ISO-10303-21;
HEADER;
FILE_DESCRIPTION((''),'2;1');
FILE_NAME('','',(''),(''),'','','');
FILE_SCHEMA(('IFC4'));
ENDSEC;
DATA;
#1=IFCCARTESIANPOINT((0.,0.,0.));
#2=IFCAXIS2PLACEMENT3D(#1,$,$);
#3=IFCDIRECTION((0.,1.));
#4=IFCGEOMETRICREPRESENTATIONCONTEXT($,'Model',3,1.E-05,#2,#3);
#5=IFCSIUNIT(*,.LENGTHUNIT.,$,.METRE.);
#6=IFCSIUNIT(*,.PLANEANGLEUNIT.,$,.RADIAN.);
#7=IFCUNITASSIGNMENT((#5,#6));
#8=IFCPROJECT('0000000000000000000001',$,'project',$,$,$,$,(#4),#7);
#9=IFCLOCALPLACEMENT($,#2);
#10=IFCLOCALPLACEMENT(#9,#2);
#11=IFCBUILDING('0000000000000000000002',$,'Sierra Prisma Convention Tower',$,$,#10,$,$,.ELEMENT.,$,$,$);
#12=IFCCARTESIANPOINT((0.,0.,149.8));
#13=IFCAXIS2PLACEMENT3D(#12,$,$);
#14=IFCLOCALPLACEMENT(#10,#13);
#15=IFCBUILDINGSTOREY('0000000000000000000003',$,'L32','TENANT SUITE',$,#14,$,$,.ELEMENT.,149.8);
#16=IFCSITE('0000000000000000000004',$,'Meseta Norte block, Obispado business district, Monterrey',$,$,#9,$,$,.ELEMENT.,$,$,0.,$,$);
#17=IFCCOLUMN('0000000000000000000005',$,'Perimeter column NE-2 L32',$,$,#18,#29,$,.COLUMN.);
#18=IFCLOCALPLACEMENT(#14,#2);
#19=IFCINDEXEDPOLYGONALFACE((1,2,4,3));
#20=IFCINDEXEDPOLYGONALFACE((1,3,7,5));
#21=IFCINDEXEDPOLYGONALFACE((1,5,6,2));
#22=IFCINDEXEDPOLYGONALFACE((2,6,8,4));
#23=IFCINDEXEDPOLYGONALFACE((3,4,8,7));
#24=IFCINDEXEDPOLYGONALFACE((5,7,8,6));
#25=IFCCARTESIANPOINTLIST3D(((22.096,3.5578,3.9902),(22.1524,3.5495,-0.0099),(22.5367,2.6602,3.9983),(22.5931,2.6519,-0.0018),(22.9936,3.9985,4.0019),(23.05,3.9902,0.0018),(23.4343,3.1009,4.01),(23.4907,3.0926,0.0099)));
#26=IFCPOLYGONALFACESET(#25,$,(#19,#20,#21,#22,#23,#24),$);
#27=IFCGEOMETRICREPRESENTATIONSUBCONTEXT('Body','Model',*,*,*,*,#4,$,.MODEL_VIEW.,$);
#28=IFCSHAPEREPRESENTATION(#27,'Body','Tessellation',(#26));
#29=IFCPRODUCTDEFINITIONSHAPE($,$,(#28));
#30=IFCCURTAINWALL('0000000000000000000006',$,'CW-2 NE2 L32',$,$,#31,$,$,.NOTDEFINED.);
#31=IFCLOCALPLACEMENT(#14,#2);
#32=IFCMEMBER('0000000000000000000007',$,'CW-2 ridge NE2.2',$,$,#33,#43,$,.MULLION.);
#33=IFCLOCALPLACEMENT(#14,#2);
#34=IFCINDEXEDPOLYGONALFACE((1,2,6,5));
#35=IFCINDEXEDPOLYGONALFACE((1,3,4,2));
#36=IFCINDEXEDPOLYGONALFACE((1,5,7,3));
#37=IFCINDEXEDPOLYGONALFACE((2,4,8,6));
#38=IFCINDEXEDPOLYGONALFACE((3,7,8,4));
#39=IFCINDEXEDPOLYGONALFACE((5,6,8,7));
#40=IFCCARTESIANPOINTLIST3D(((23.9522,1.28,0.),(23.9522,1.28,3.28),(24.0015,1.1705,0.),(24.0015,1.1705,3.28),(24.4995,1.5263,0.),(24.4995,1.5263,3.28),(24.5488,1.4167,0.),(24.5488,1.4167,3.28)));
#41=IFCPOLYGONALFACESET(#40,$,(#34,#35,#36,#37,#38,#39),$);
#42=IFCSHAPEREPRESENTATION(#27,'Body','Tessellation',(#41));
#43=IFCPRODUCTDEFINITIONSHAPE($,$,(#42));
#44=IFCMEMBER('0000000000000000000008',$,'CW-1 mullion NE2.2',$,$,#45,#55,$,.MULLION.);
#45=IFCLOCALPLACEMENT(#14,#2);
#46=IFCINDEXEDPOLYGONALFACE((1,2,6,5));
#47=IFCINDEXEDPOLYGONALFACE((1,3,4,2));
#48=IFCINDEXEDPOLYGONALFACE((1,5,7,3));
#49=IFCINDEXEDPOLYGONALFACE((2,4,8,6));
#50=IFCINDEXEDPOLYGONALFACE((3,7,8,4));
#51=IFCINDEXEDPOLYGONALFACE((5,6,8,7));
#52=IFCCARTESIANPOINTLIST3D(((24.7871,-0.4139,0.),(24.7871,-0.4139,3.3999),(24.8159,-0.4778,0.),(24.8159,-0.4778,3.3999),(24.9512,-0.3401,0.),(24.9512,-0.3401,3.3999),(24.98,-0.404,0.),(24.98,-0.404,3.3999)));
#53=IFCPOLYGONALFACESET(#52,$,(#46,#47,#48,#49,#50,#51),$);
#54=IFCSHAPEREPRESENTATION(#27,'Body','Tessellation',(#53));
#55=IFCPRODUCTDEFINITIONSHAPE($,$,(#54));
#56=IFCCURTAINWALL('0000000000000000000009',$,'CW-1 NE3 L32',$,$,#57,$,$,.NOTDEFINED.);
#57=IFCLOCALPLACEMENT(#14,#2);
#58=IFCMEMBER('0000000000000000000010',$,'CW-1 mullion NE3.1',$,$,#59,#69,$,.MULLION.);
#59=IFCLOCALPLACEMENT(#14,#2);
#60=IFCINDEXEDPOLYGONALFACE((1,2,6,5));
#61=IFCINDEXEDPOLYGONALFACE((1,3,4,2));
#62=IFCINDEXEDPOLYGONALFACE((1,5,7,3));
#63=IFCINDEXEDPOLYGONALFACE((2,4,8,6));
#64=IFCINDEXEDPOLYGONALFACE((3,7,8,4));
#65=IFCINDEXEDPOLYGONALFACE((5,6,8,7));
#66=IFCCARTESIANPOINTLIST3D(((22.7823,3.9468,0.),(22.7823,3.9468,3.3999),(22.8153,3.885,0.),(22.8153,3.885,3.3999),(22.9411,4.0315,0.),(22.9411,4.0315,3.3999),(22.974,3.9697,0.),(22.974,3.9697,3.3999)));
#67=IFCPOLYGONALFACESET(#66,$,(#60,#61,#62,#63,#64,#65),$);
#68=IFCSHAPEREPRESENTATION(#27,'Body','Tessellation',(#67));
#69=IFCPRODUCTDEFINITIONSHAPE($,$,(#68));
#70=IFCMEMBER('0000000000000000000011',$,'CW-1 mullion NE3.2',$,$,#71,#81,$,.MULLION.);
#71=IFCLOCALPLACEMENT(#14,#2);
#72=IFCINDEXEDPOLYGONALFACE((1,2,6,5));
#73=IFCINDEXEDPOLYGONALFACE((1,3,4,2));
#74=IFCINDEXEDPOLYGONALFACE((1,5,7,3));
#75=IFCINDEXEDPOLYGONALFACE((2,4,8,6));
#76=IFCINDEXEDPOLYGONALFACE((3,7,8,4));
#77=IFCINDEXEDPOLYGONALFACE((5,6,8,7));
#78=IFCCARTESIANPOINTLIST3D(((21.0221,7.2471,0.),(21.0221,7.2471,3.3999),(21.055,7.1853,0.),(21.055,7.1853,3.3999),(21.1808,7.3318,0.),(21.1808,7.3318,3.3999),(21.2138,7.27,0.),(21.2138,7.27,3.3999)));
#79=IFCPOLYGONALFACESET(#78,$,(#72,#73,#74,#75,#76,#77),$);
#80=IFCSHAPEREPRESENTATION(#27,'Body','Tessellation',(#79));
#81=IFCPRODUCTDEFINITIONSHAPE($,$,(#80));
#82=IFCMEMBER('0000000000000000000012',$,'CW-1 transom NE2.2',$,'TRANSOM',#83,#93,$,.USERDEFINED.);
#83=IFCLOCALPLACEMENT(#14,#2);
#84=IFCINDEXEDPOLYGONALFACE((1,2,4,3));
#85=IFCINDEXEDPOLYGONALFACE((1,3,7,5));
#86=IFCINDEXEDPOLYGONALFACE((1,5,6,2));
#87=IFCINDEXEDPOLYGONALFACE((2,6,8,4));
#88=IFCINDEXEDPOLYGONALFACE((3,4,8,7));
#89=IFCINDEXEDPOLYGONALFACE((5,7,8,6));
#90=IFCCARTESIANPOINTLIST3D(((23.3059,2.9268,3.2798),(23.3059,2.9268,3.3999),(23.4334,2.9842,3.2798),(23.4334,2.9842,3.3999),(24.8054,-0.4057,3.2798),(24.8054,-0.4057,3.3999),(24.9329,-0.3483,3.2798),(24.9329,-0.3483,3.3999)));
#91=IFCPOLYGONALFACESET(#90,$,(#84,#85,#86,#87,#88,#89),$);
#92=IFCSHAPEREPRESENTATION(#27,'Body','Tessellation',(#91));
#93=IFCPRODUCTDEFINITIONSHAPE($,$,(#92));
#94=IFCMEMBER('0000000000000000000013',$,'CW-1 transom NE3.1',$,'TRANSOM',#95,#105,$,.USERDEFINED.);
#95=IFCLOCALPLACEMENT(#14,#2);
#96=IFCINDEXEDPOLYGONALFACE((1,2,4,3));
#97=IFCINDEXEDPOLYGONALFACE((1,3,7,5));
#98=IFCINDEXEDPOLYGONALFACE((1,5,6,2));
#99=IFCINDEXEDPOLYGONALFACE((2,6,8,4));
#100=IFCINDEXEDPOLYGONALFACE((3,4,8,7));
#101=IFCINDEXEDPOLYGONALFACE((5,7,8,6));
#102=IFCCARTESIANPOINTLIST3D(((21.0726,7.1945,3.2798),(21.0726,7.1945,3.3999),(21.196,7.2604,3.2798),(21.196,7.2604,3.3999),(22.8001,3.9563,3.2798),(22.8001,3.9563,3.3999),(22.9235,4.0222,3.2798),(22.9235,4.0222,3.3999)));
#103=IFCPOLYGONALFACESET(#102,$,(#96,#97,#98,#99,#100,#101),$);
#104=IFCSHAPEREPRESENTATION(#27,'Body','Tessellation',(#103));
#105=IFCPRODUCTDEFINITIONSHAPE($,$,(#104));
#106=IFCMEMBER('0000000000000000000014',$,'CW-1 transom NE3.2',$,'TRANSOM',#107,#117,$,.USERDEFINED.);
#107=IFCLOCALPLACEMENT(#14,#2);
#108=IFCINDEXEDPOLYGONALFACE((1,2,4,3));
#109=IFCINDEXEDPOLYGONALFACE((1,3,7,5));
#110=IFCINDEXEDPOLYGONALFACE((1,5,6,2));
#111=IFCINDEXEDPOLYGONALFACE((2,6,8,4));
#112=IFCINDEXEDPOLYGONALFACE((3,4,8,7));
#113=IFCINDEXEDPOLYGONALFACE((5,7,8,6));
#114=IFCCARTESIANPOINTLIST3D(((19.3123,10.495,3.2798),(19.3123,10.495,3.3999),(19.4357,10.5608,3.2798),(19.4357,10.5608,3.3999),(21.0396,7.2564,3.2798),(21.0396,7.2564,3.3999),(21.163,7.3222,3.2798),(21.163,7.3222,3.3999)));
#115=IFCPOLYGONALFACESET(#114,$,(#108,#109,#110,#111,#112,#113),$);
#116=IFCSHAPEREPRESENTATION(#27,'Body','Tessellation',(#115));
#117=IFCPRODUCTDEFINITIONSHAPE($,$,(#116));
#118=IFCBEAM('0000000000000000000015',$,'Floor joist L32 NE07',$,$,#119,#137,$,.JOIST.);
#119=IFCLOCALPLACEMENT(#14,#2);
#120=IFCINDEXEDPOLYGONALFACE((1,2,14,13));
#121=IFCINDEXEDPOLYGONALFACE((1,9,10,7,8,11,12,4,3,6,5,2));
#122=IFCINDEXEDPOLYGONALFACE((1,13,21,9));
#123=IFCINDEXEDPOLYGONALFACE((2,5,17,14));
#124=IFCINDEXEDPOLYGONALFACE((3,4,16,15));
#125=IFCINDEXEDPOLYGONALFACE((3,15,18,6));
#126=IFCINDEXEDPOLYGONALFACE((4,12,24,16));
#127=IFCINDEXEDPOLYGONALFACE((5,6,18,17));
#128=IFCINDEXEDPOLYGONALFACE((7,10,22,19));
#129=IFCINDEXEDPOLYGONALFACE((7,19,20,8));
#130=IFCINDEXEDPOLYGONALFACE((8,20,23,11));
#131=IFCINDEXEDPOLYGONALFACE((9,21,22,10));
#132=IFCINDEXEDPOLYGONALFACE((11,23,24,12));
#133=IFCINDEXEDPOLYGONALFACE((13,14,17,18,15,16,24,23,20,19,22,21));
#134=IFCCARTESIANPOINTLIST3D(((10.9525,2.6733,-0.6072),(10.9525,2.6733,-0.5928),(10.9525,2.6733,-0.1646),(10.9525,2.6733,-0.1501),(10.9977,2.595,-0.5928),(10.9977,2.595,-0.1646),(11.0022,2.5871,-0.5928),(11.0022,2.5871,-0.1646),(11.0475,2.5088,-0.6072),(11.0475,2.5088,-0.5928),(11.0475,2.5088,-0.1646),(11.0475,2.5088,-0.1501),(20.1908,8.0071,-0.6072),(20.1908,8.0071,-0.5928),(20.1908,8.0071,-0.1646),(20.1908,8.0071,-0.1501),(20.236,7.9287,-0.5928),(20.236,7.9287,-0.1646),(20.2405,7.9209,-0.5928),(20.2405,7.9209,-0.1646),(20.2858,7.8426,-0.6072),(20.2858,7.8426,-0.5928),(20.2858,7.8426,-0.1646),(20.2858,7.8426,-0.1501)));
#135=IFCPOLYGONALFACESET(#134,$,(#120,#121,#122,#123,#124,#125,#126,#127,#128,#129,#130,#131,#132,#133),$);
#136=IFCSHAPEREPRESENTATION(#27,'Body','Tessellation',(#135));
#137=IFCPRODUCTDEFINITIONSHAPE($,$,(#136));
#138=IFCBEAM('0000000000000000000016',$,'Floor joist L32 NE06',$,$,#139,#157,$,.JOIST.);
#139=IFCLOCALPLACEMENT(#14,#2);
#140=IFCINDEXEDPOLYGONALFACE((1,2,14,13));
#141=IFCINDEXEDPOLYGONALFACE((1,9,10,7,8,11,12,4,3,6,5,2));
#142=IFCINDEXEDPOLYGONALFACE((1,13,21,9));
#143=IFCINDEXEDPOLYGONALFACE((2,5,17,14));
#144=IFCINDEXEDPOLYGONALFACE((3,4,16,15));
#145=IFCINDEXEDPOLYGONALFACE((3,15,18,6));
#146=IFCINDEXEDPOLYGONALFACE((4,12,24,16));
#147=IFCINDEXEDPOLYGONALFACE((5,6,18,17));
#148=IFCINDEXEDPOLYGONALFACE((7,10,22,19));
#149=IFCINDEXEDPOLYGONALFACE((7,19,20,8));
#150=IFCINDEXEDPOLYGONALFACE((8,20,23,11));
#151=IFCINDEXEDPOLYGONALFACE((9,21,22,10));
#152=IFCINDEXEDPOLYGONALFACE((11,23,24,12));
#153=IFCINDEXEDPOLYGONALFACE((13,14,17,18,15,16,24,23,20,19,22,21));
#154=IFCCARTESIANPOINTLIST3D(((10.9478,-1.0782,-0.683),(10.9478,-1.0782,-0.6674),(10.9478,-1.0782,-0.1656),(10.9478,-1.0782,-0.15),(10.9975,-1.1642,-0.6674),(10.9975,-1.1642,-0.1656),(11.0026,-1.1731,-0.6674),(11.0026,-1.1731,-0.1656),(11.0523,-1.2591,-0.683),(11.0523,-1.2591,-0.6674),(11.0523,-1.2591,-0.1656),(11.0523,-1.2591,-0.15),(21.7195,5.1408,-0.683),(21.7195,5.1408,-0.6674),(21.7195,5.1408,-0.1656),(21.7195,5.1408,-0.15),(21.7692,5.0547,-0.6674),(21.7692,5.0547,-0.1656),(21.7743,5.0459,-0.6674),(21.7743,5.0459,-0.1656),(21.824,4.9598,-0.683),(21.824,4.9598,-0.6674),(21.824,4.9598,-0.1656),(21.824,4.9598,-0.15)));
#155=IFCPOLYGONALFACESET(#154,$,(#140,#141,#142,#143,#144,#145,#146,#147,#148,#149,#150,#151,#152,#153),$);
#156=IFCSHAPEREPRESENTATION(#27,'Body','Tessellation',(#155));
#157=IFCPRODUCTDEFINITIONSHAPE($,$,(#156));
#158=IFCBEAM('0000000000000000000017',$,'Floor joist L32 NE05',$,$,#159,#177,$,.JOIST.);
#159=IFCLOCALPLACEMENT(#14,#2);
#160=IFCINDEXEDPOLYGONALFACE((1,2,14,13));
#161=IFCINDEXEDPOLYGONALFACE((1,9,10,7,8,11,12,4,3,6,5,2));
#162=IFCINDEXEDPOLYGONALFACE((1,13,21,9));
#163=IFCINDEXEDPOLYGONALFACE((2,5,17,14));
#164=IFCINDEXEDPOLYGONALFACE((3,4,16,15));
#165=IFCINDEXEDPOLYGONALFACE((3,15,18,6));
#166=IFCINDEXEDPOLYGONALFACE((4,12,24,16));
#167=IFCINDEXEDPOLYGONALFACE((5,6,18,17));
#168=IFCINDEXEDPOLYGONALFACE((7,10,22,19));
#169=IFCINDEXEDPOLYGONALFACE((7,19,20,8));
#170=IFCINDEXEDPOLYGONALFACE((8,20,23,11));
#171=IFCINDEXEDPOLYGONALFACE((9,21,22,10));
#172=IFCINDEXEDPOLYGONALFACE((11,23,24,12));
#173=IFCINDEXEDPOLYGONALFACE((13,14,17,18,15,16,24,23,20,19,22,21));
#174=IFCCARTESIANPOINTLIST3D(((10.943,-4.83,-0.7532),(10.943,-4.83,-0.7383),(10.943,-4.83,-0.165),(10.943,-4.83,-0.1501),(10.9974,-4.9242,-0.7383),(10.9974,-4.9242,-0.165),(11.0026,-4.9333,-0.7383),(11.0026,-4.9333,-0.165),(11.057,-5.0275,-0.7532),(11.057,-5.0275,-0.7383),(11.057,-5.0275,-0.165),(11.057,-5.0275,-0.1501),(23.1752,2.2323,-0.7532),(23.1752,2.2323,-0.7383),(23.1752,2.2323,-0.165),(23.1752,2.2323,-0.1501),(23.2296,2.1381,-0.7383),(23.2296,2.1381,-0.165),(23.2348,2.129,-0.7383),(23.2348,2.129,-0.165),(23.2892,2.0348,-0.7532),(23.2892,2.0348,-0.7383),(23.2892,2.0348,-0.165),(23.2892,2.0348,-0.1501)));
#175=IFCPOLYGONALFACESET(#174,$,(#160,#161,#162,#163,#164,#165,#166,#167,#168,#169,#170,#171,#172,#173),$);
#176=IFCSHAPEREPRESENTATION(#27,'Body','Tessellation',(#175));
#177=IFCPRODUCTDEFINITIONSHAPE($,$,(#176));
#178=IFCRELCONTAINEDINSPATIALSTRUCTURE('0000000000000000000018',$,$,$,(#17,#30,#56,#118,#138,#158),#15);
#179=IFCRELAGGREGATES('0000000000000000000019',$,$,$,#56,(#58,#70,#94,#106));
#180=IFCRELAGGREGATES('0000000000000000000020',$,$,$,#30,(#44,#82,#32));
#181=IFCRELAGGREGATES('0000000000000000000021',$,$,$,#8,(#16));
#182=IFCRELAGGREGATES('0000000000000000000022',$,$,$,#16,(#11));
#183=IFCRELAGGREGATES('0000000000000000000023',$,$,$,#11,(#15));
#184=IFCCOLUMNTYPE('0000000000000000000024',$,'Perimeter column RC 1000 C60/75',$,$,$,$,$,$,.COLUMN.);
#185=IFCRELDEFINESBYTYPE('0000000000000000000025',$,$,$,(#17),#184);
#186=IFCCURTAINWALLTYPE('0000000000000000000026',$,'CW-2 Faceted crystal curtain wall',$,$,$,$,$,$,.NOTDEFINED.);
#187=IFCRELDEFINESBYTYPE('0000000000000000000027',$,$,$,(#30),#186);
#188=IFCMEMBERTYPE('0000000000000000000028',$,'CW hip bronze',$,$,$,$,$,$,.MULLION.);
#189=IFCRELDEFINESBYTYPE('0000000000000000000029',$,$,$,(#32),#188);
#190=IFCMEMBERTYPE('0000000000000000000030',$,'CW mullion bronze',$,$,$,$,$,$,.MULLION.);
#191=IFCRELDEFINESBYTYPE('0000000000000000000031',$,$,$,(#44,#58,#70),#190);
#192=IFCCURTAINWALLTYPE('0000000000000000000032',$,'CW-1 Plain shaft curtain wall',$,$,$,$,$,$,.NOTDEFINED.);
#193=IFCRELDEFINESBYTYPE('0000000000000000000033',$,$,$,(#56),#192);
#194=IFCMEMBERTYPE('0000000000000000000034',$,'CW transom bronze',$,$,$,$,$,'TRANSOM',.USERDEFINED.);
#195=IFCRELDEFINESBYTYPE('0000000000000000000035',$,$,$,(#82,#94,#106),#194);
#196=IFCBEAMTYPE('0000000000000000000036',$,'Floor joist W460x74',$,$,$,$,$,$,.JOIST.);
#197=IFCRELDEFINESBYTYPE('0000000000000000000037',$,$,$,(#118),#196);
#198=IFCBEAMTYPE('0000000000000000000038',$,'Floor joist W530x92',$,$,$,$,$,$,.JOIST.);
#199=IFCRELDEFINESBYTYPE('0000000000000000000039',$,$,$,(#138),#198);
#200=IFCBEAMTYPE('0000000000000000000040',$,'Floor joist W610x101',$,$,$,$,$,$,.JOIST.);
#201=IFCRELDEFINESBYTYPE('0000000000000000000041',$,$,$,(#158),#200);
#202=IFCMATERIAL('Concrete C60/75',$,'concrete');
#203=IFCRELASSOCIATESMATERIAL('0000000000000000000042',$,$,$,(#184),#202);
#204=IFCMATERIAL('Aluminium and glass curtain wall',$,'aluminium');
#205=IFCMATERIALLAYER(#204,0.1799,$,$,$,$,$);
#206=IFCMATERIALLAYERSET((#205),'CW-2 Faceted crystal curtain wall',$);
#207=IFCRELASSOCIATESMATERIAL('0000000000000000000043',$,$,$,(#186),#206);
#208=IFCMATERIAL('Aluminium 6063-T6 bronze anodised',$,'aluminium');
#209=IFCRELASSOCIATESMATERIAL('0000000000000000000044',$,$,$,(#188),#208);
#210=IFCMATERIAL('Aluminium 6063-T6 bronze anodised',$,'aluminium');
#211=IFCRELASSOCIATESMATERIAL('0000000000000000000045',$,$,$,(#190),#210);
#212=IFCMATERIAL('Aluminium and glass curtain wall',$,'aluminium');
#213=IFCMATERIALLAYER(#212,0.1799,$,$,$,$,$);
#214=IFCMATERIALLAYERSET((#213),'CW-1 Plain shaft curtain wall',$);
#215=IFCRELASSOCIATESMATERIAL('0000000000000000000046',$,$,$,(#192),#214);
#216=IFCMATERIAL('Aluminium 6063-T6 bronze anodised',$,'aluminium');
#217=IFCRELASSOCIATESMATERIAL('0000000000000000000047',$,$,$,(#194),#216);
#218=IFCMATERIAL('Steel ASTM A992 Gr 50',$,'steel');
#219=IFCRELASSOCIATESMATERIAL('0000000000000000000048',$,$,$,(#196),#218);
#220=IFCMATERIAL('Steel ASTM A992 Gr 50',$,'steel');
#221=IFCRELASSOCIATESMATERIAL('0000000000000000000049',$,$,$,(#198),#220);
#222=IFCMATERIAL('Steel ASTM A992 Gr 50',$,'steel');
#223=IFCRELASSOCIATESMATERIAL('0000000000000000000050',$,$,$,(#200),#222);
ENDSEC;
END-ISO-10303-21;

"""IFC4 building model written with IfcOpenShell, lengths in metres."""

from ifc_helpers import new_model, si_unit, direction, frame, origin, origin_2d, place, context, subcontext, project, spatial, rectangle, i_section, extrude, material, layer, layer_set, material_profile, profile_set, type_object, element, aggregate, save


model = new_model("IFC4")

# Units and contexts
model_context = context("Model", 3, precision=1e-05, world=origin(), true_north=direction((0.0, 1.0)))
body_context = subcontext(model_context, "Body", "Model", "MODEL_VIEW")
ifc_project = project(units=[si_unit("LENGTHUNIT", "METRE"), si_unit("PLANEANGLEUNIT", "RADIAN")], contexts=[model_context])

# Site, building, storey
site_placement = place(None, origin())
site = spatial("IfcSite", under=ifc_project, at=site_placement, Name="Meseta Norte block, Obispado business district, Monterrey", CompositionType="ELEMENT", RefElevation=0.0)
building_placement = place(site_placement, origin())
building = spatial("IfcBuilding", under=site, at=building_placement, Name="Sierra Prisma Convention Tower", CompositionType="ELEMENT")
storey_placement = place(building_placement, frame((0.0, 0.0, 149.8)))
storey = spatial("IfcBuildingStorey", under=building, at=storey_placement, Name="L32", Description="TENANT SUITE", CompositionType="ELEMENT", Elevation=149.8)

# Column
ifc_material_1 = material(Name="Concrete C60/75", Category="concrete")
ifc_material_profile_1 = material_profile(ifc_material_1, rectangle(XDim=1.0, YDim=1.0, at=origin_2d()), Name="Perimeter column RC 1000 C60/75")
ifc_profile_set_1 = profile_set([ifc_material_profile_1], Name="Concrete C60/75")
column_type = type_object("IfcColumnType", Name="Perimeter column RC 1000 C60/75", PredefinedType="COLUMN", material=ifc_profile_set_1)
column_placement = place(storey_placement, frame((22.8215, 3.321, 0.0), z_axis=(-0.014098, 0.002075, 0.999898), x_axis=(-0.440693, 0.897622, -0.008076)))
element("IfcColumn", 1, at=column_placement, inside=storey, type_object=column_type, Name="Perimeter column NE-2 L32", PredefinedType="COLUMN", context=body_context, shape_type="SweptSolid", body=[
    extrude(rectangle(XDim=1.0, YDim=1.0, at=origin_2d()), origin(), (0.0, 0.0, 1.0), 4.0005),
])

# Curtain walls, members
ifc_material_2 = material(Name="Aluminium and glass curtain wall", Category="aluminium")
ifc_layer_1 = layer(ifc_material_2, 0.1799)
ifc_layer_set_1 = layer_set([ifc_layer_1], Name="CW-2 Faceted crystal curtain wall")
curtain_wall_type_1 = type_object("IfcCurtainWallType", Name="CW-2 Faceted crystal curtain wall", PredefinedType="NOTDEFINED", material=ifc_layer_set_1)
curtain_wall_1_placement = place(storey_placement, origin())
curtain_wall_1 = element("IfcCurtainWall", 2, at=curtain_wall_1_placement, inside=storey, type_object=curtain_wall_type_1, Name="CW-2 NE2 L32", PredefinedType="NOTDEFINED")
ifc_material_3 = material(Name="Aluminium 6063-T6 bronze anodised", Category="aluminium")
ifc_material_profile_2 = material_profile(ifc_material_3, rectangle(XDim=0.1201, YDim=0.6001, at=origin_2d()), Name="ALU RIDGE BLADE 120x600")
ifc_profile_set_2 = profile_set([ifc_material_profile_2], Name="Aluminium 6063-T6 bronze anodised")
member_type_1 = type_object("IfcMemberType", Name="CW hip bronze", PredefinedType="MULLION", material=ifc_profile_set_2)
member_1_placement = place(storey_placement, frame((24.2505, 1.3484, 0.0), z_axis=(0.0, 0.0, 1.0), x_axis=(-0.410344, 0.911931, 0.0)))
member_1 = element("IfcMember", 3, at=member_1_placement, type_object=member_type_1, Name="CW-2 ridge NE2.2", PredefinedType="MULLION", context=body_context, shape_type="SweptSolid", body=[
    extrude(rectangle(XDim=0.1201, YDim=0.6001, at=origin_2d()), origin(), (0.0, 0.0, 1.0), 3.28),
])
ifc_material_4 = material(Name="Aluminium 6063-T6 bronze anodised", Category="aluminium")
ifc_material_profile_3 = material_profile(ifc_material_4, rectangle(XDim=0.1799, YDim=0.0701, at=origin_2d()), Name="ALU MULLION 70x180")
ifc_profile_set_3 = profile_set([ifc_material_profile_3], Name="Aluminium 6063-T6 bronze anodised")
member_type_2 = type_object("IfcMemberType", Name="CW mullion bronze", PredefinedType="MULLION", material=ifc_profile_set_3)
member_2_placement = place(storey_placement, frame((24.8835, -0.4089, 0.0), z_axis=(0.0, 0.0, 1.0), x_axis=(-0.911931, -0.410344, 0.0)))
member_2 = element("IfcMember", 4, at=member_2_placement, type_object=member_type_2, Name="CW-1 mullion NE2.2", PredefinedType="MULLION", context=body_context, shape_type="SweptSolid", body=[
    extrude(rectangle(XDim=0.1799, YDim=0.0701, at=origin_2d()), origin(), (0.0, 0.0, 1.0), 3.3999),
])
ifc_material_5 = material(Name="Aluminium and glass curtain wall", Category="aluminium")
ifc_layer_2 = layer(ifc_material_5, 0.1799)
ifc_layer_set_2 = layer_set([ifc_layer_2], Name="CW-1 Plain shaft curtain wall")
curtain_wall_type_2 = type_object("IfcCurtainWallType", Name="CW-1 Plain shaft curtain wall", PredefinedType="NOTDEFINED", material=ifc_layer_set_2)
curtain_wall_2_placement = place(storey_placement, origin())
curtain_wall_2 = element("IfcCurtainWall", 5, at=curtain_wall_2_placement, inside=storey, type_object=curtain_wall_type_2, Name="CW-1 NE3 L32", PredefinedType="NOTDEFINED")
member_3_placement = place(storey_placement, frame((22.8782, 3.9583, 0.0), z_axis=(0.0, 0.0, 1.0), x_axis=(-0.882328, -0.470634, 0.0)))
member_3 = element("IfcMember", 6, at=member_3_placement, type_object=member_type_2, Name="CW-1 mullion NE3.1", PredefinedType="MULLION", context=body_context, shape_type="SweptSolid", body=[
    extrude(rectangle(XDim=0.1799, YDim=0.0701, at=origin_2d()), origin(), (0.0, 0.0, 1.0), 3.3999),
])
member_4_placement = place(storey_placement, frame((21.1179, 7.2585, 0.0), z_axis=(0.0, 0.0, 1.0), x_axis=(-0.882328, -0.470634, 0.0)))
member_4 = element("IfcMember", 7, at=member_4_placement, type_object=member_type_2, Name="CW-1 mullion NE3.2", PredefinedType="MULLION", context=body_context, shape_type="SweptSolid", body=[
    extrude(rectangle(XDim=0.1799, YDim=0.0701, at=origin_2d()), origin(), (0.0, 0.0, 1.0), 3.3999),
])

# Members
ifc_material_6 = material(Name="Aluminium 6063-T6 bronze anodised", Category="aluminium")
ifc_material_profile_4 = material_profile(ifc_material_6, rectangle(XDim=0.1399, YDim=0.1201, at=origin_2d()), Name="ALU TRANSOM 120x140")
ifc_profile_set_4 = profile_set([ifc_material_profile_4], Name="Aluminium 6063-T6 bronze anodised")
member_type_3 = type_object("IfcMemberType", Name="CW transom bronze", ElementType="TRANSOM", PredefinedType="USERDEFINED", material=ifc_profile_set_4)
member_5_placement = place(storey_placement, frame((24.8691, -0.377, 3.3398), z_axis=(-0.410337, 0.911934, 0.0), x_axis=(-0.911934, -0.410337, 0.0)))
member_5 = element("IfcMember", 8, at=member_5_placement, type_object=member_type_3, Name="CW-1 transom NE2.2", ObjectType="TRANSOM", PredefinedType="USERDEFINED", context=body_context, shape_type="SweptSolid", body=[
    extrude(rectangle(XDim=0.1399, YDim=0.1201, at=origin_2d()), origin(), (0.0, 0.0, 1.0), 3.6543),
])
member_6_placement = place(storey_placement, frame((22.8618, 3.9893, 3.3398), z_axis=(-0.470685, 0.882301, 0.0), x_axis=(-0.882301, -0.470685, 0.0)))
member_6 = element("IfcMember", 9, at=member_6_placement, type_object=member_type_3, Name="CW-1 transom NE3.1", ObjectType="TRANSOM", PredefinedType="USERDEFINED", context=body_context, shape_type="SweptSolid", body=[
    extrude(rectangle(XDim=0.1399, YDim=0.1201, at=origin_2d()), origin(), (0.0, 0.0, 1.0), 3.6702),
])
member_7_placement = place(storey_placement, frame((21.1013, 7.2893, 3.3398), z_axis=(-0.470605, 0.882344, 0.0), x_axis=(-0.882344, -0.470605, 0.0)))
member_7 = element("IfcMember", 10, at=member_7_placement, type_object=member_type_3, Name="CW-1 transom NE3.2", ObjectType="TRANSOM", PredefinedType="USERDEFINED", context=body_context, shape_type="SweptSolid", body=[
    extrude(rectangle(XDim=0.1399, YDim=0.1201, at=origin_2d()), origin(), (0.0, 0.0, 1.0), 3.6704),
])

# Beams
ifc_material_7 = material(Name="Steel ASTM A992 Gr 50", Category="steel")
ifc_material_profile_5 = material_profile(ifc_material_7, i_section(OverallWidth=0.1899, OverallDepth=0.457, WebThickness=0.009, FlangeThickness=0.0144, at=origin_2d()), Name="W460x74")
ifc_profile_set_5 = profile_set([ifc_material_profile_5], Name="Steel ASTM A992 Gr 50")
beam_type_1 = type_object("IfcBeamType", Name="Floor joist W460x74", PredefinedType="JOIST", material=ifc_profile_set_5)
beam_1_placement = place(storey_placement, frame((20.2383, 7.9248, -0.3787), z_axis=(-0.866025, -0.500001, 0.0), x_axis=(0.500001, -0.866025, 0.0)))
element("IfcBeam", 11, at=beam_1_placement, inside=storey, type_object=beam_type_1, Name="Floor joist L32 NE07", PredefinedType="JOIST", context=body_context, shape_type="SweptSolid", body=[
    extrude(i_section(OverallWidth=0.1899, OverallDepth=0.457, WebThickness=0.009, FlangeThickness=0.0144, at=origin_2d()), origin(), (0.0, 0.0, 1.0), 10.6675),
])
ifc_material_8 = material(Name="Steel ASTM A992 Gr 50", Category="steel")
ifc_material_profile_6 = material_profile(ifc_material_8, i_section(OverallWidth=0.209, OverallDepth=0.533, WebThickness=0.0103, FlangeThickness=0.0156, at=origin_2d()), Name="W530x92")
ifc_profile_set_6 = profile_set([ifc_material_profile_6], Name="Steel ASTM A992 Gr 50")
beam_type_2 = type_object("IfcBeamType", Name="Floor joist W530x92", PredefinedType="JOIST", material=ifc_profile_set_6)
beam_2_placement = place(storey_placement, frame((21.7717, 5.0503, -0.4165), z_axis=(-0.866028, -0.499996, 0.0), x_axis=(0.499996, -0.866028, 0.0)))
element("IfcBeam", 12, at=beam_2_placement, inside=storey, type_object=beam_type_2, Name="Floor joist L32 NE06", PredefinedType="JOIST", context=body_context, shape_type="SweptSolid", body=[
    extrude(i_section(OverallWidth=0.209, OverallDepth=0.533, WebThickness=0.0103, FlangeThickness=0.0156, at=origin_2d()), origin(), (0.0, 0.0, 1.0), 12.438),
])
ifc_material_9 = material(Name="Steel ASTM A992 Gr 50", Category="steel")
ifc_material_profile_7 = material_profile(ifc_material_9, i_section(OverallWidth=0.228, OverallDepth=0.603, WebThickness=0.0105, FlangeThickness=0.0149, at=origin_2d()), Name="W610x101")
ifc_profile_set_7 = profile_set([ifc_material_profile_7], Name="Steel ASTM A992 Gr 50")
beam_type_3 = type_object("IfcBeamType", Name="Floor joist W610x101", PredefinedType="JOIST", material=ifc_profile_set_7)
beam_3_placement = place(storey_placement, frame((23.2322, 2.1335, -0.4517), z_axis=(-0.866025, -0.5, 0.0), x_axis=(0.5, -0.866025, 0.0)))
element("IfcBeam", 13, at=beam_3_placement, inside=storey, type_object=beam_type_3, Name="Floor joist L32 NE05", PredefinedType="JOIST", context=body_context, shape_type="SweptSolid", body=[
    extrude(i_section(OverallWidth=0.228, OverallDepth=0.603, WebThickness=0.0105, FlangeThickness=0.0149, at=origin_2d()), origin(), (0.0, 0.0, 1.0), 14.1245),
])

aggregate(curtain_wall_2, [member_3, member_4, member_6, member_7])
aggregate(curtain_wall_1, [member_2, member_5, member_1])

save(model, "model.ifc")
